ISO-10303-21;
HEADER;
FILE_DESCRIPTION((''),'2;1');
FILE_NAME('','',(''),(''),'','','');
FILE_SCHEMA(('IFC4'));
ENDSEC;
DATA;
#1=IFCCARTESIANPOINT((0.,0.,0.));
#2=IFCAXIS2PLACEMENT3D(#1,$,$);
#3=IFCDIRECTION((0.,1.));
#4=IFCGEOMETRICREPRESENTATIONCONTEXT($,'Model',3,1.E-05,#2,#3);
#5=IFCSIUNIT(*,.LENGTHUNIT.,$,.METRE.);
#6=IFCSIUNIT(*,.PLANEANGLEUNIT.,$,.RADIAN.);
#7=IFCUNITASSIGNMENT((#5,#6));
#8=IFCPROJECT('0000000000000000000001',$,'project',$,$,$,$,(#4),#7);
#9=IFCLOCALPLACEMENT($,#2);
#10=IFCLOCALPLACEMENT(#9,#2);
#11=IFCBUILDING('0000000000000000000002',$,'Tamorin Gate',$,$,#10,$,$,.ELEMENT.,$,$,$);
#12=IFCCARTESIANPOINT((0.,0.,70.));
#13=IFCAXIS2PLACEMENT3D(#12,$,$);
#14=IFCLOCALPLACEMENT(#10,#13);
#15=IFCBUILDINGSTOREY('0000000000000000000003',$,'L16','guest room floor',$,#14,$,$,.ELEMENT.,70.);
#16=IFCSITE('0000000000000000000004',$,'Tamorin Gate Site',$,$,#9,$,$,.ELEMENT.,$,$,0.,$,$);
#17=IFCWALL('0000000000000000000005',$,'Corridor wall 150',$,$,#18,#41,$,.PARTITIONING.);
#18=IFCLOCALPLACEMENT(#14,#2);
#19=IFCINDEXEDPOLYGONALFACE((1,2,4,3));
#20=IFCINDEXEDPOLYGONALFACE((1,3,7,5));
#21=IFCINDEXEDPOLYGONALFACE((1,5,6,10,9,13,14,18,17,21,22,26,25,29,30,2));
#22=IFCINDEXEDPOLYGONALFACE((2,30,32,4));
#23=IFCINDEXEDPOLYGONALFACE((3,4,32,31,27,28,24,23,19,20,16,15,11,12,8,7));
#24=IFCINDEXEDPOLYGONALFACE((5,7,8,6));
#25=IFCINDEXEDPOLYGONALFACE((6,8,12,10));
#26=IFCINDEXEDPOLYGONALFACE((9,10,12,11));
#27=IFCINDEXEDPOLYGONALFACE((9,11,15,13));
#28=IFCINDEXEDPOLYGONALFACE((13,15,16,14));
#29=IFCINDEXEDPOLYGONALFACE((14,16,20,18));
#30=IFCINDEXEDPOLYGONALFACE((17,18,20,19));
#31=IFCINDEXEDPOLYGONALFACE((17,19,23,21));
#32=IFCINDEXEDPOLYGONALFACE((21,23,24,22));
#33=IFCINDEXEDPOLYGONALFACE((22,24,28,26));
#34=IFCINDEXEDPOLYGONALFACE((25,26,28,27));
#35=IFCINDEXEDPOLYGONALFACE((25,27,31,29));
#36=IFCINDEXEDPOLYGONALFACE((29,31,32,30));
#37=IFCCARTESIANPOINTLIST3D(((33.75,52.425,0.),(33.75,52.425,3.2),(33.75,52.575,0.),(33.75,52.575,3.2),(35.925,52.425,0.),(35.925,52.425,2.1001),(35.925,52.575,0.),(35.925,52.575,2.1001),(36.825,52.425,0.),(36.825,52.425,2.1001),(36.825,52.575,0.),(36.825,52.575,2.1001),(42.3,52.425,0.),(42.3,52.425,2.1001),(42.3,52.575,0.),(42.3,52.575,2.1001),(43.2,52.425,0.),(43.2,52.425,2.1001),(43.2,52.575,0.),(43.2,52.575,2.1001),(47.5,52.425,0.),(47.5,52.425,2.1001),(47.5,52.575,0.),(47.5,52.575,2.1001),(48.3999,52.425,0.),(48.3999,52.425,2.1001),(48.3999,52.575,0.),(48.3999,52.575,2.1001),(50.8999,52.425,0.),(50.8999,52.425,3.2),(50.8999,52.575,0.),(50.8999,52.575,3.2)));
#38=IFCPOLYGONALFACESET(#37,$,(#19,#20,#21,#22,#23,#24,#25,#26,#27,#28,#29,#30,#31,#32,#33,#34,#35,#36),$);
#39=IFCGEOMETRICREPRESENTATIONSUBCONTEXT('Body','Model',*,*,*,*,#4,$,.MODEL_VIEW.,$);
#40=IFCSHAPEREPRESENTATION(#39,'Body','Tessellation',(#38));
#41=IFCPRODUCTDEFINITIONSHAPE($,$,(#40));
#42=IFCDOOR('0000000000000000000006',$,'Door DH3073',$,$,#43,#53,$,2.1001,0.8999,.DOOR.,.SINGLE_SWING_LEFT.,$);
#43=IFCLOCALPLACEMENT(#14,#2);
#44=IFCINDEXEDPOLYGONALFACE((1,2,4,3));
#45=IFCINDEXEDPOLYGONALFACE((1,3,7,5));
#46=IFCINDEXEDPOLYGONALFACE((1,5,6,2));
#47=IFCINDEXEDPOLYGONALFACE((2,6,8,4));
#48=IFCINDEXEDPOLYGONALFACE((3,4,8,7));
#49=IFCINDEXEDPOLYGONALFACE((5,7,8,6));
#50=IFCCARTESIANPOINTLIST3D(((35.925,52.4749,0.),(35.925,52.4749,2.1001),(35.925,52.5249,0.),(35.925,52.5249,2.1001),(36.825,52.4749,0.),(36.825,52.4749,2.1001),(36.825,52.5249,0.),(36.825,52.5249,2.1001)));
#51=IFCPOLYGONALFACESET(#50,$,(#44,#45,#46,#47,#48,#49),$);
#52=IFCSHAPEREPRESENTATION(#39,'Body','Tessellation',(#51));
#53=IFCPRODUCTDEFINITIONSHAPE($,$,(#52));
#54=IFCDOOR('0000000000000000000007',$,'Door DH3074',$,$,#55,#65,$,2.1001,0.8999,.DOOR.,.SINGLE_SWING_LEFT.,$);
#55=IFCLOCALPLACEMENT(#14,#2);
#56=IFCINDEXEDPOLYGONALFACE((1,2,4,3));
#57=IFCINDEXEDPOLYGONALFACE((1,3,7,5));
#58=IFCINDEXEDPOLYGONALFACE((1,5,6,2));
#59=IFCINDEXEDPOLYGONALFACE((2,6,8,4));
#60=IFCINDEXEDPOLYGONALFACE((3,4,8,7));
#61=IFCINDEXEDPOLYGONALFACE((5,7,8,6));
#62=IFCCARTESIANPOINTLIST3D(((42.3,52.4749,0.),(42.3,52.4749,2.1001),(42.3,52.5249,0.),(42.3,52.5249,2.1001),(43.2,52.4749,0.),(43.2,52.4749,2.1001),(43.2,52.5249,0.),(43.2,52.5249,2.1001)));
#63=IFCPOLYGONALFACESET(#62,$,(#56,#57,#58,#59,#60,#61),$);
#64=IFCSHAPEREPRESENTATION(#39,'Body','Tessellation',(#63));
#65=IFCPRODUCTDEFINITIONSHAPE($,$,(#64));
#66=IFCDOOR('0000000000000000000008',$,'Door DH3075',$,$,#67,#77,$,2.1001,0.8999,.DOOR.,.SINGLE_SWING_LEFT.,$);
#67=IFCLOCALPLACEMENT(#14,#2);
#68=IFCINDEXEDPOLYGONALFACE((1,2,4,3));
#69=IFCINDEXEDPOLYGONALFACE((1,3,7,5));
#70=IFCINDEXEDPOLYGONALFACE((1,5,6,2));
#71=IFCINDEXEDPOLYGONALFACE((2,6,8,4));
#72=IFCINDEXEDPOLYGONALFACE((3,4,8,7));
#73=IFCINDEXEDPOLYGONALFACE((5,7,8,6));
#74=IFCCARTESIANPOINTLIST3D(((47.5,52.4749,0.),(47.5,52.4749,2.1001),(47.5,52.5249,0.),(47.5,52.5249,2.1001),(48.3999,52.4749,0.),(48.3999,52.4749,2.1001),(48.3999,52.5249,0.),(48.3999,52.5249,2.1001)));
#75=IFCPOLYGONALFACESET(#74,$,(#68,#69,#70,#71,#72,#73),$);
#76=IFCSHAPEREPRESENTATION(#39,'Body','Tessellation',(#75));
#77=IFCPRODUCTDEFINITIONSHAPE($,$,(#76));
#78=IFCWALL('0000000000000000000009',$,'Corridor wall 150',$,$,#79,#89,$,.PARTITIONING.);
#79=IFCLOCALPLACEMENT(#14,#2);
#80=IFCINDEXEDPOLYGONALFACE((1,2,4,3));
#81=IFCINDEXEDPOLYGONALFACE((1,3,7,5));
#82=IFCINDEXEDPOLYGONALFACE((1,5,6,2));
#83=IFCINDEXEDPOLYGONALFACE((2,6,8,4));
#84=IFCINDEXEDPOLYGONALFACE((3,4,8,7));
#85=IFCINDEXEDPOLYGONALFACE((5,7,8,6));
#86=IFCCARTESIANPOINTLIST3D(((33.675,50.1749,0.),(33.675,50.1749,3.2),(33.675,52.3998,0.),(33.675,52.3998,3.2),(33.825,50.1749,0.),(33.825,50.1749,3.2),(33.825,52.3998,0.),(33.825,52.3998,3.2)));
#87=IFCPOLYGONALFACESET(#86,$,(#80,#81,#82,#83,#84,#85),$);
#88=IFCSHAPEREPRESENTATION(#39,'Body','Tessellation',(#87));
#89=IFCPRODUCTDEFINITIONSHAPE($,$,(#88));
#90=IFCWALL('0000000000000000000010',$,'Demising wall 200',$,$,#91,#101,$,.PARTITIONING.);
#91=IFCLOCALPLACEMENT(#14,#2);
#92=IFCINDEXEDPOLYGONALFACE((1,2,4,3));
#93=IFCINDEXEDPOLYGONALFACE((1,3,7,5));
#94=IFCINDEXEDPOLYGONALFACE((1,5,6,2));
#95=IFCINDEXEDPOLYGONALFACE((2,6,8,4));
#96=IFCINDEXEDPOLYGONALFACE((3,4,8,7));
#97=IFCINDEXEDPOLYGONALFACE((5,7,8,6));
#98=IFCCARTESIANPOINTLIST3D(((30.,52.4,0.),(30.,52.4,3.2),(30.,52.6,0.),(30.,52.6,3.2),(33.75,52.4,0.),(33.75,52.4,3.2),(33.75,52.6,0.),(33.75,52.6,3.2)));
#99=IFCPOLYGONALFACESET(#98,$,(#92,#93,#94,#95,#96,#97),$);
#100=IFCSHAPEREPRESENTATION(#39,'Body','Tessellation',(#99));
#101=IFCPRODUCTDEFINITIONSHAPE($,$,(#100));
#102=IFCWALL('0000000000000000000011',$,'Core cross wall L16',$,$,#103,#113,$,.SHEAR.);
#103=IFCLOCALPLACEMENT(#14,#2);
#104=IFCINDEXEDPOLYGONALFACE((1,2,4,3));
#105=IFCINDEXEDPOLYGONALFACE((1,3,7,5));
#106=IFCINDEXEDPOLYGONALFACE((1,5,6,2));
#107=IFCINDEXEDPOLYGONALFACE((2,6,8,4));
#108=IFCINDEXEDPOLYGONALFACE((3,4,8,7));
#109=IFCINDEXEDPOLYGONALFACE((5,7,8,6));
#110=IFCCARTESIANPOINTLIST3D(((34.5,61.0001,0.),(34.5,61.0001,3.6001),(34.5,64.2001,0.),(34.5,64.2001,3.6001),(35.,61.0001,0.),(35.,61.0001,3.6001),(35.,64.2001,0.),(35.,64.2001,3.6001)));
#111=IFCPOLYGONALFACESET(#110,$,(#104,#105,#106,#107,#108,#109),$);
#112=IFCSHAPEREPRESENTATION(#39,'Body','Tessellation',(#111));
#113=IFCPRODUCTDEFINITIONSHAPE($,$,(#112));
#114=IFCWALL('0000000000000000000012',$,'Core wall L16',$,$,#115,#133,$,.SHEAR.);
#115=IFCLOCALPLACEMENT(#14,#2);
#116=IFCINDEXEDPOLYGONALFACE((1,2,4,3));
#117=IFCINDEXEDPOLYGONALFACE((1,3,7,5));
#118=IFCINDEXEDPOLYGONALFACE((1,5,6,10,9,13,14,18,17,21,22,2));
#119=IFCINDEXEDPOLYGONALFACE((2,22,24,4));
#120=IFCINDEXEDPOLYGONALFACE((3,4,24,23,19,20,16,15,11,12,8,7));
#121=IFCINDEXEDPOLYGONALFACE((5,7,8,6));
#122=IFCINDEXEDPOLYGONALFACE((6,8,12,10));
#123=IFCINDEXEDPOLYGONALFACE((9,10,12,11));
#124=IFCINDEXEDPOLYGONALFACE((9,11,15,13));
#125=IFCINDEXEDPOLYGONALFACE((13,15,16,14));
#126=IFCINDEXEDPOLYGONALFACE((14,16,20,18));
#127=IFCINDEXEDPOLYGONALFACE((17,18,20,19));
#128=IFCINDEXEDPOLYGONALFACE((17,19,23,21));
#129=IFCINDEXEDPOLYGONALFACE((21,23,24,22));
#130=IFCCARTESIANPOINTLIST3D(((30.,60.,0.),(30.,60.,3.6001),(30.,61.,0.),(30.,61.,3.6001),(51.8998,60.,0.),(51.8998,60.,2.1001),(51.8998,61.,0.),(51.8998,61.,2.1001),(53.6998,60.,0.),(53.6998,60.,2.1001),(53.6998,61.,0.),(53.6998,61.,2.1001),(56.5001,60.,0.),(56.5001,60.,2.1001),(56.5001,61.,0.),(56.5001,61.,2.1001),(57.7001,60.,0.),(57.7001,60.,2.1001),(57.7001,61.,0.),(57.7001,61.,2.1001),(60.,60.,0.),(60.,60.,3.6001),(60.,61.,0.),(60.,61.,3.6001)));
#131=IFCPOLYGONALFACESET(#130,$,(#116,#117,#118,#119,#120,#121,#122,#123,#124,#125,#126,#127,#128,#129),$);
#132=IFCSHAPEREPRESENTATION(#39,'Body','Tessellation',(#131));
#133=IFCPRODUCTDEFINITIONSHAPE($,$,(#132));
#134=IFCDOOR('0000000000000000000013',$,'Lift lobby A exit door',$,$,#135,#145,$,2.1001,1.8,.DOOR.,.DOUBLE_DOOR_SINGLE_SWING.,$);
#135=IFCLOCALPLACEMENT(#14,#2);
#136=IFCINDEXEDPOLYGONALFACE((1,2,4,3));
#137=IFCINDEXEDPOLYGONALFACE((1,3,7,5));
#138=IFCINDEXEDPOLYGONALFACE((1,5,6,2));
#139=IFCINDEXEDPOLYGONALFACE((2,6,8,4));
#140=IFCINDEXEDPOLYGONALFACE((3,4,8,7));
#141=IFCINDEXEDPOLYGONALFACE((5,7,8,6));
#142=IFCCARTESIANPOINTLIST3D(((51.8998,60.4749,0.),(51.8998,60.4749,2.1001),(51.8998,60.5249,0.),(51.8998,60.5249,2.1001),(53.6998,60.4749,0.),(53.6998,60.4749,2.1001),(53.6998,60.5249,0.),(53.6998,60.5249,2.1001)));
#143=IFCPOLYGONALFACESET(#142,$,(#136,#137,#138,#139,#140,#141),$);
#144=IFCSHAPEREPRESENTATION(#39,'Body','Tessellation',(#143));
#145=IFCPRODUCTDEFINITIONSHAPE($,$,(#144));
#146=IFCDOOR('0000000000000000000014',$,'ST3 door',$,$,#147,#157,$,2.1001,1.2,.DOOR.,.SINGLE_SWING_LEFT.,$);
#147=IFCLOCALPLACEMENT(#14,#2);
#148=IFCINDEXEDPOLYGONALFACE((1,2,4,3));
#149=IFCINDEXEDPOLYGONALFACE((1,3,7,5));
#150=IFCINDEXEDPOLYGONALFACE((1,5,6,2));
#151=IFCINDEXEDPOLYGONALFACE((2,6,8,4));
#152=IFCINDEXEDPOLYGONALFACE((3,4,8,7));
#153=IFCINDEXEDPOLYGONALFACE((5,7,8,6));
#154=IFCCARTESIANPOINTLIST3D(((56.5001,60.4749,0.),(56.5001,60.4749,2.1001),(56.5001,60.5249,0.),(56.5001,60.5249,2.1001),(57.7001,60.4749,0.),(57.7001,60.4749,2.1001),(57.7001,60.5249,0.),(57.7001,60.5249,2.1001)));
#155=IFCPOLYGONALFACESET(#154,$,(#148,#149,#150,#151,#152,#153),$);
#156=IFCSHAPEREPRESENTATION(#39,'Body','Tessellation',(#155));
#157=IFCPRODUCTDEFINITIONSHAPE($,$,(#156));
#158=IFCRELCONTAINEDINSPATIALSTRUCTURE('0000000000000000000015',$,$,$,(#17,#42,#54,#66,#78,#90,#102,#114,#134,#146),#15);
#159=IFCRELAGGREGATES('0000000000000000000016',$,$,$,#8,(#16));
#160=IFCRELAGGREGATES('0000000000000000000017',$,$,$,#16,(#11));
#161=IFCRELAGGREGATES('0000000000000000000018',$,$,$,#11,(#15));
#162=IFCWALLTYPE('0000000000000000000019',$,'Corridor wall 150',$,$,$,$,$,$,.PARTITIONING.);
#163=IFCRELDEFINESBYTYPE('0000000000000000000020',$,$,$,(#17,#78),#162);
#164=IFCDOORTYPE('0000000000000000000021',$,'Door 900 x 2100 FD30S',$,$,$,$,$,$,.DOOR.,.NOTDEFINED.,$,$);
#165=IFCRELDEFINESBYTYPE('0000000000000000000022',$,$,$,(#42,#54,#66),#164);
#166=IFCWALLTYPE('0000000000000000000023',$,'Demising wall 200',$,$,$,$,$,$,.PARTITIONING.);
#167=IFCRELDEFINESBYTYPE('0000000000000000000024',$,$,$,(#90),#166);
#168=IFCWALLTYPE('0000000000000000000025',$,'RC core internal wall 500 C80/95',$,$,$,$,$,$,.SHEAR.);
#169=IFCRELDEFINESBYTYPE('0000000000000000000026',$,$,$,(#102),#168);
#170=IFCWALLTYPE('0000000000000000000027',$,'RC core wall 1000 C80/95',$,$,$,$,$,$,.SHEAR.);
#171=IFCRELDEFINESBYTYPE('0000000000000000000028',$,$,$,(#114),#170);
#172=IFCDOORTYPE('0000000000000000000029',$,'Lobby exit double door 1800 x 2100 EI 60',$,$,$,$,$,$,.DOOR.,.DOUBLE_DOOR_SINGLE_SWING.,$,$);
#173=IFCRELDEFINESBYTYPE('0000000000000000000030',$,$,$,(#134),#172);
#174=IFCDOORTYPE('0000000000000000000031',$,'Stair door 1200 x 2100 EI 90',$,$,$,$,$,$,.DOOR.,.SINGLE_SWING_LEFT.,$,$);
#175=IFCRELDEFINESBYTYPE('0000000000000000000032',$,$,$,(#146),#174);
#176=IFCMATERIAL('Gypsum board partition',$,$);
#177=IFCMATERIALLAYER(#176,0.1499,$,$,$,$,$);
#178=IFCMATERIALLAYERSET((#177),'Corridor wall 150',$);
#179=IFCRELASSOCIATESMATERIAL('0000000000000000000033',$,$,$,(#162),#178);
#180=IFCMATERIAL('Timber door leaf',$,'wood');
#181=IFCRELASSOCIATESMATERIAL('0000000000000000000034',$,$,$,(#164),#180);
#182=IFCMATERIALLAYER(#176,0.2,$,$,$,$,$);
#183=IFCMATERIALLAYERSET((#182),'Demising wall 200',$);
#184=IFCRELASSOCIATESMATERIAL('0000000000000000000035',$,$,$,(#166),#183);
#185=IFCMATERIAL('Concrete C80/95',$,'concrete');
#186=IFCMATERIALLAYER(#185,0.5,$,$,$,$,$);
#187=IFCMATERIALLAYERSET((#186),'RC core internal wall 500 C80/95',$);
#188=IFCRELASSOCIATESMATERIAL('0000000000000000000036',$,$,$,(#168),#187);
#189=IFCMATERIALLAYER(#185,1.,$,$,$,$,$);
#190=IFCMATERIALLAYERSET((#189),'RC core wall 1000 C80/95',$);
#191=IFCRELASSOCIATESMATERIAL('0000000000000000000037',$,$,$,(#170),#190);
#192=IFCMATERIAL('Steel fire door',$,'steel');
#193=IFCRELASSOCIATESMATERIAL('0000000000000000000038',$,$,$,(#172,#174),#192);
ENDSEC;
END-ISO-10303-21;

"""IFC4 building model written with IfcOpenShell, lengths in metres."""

from ifc_helpers import new_model, si_unit, direction, frame, frame_2d, origin, place, context, subcontext, project, spatial, rectangle, extrude, material, layer, layer_set, type_object, element, fill, save


model = new_model("IFC4")

# Units and contexts
model_context = context("Model", 3, precision=1e-05, world=origin(), true_north=direction((0.0, 1.0)))
body_context = subcontext(model_context, "Body", "Model", "MODEL_VIEW")
ifc_project = project(units=[si_unit("LENGTHUNIT", "METRE"), si_unit("PLANEANGLEUNIT", "RADIAN")], contexts=[model_context])

# Site, building, storey
site_placement = place(None, origin())
site = spatial("IfcSite", under=ifc_project, at=site_placement, Name="Tamorin Gate Site", CompositionType="ELEMENT", RefElevation=0.0)
building_placement = place(site_placement, origin())
building = spatial("IfcBuilding", under=site, at=building_placement, Name="Tamorin Gate", CompositionType="ELEMENT")
storey_placement = place(building_placement, frame((0.0, 0.0, 70.0)))
storey = spatial("IfcBuildingStorey", under=building, at=storey_placement, Name="L16", Description="guest room floor", CompositionType="ELEMENT", Elevation=70.0)

# Shared definitions
ifc_material_1 = material(Name="Concrete C80/95", Category="concrete")

# Wall, openings, doors
ifc_material_2 = material(Name="Gypsum board partition")
ifc_layer_1 = layer(ifc_material_2, 0.1499)
ifc_layer_set_1 = layer_set([ifc_layer_1], Name="Corridor wall 150")
wall_type_1 = type_object("IfcWallType", Name="Corridor wall 150", PredefinedType="PARTITIONING", material=ifc_layer_set_1)
ifc_material_3 = material(Name="Timber door leaf", Category="wood")
door_type_1 = type_object("IfcDoorType", Name="Door 900 x 2100 FD30S", OperationType="NOTDEFINED", PredefinedType="DOOR", material=ifc_material_3)
wall_1_placement = place(storey_placement, frame((33.75, 52.5, 0.0), z_axis=(0.0, 0.0, 1.0), x_axis=(1.0, 0.0, 0.0)))
wall_1 = element("IfcWall", 1, at=wall_1_placement, inside=storey, type_object=wall_type_1, Name="Corridor wall 150", PredefinedType="PARTITIONING", context=body_context, shape_type="SweptSolid", body=[
    extrude(rectangle(XDim=17.1499, YDim=0.1499, at=frame_2d((8.575, 0.0))), origin(), (0.0, 0.0, 1.0), 3.2),
])
opening_1_placement = place(wall_1_placement, frame((2.175, 0.0, 0.0)))
opening_1 = element("IfcOpeningElement", 2, at=opening_1_placement, cuts=wall_1, PredefinedType="OPENING", context=body_context, shape_type="SweptSolid", body=[
    extrude(rectangle(XDim=0.8999, YDim=2.1001, at=frame_2d((0.45, 1.05))), frame((0.0, 0.085, 0.0), z_axis=(0.0, -1.0, 0.0), x_axis=(1.0, 0.0, 0.0)), (0.0, 0.0, 1.0), 0.1699),
])
opening_2_placement = place(wall_1_placement, frame((8.55, 0.0, 0.0)))
opening_2 = element("IfcOpeningElement", 3, at=opening_2_placement, cuts=wall_1, PredefinedType="OPENING", context=body_context, shape_type="SweptSolid", body=[
    extrude(rectangle(XDim=0.8999, YDim=2.1001, at=frame_2d((0.45, 1.05))), frame((0.0, 0.085, 0.0), z_axis=(0.0, -1.0, 0.0), x_axis=(1.0, 0.0, 0.0)), (0.0, 0.0, 1.0), 0.1699),
])
opening_3_placement = place(wall_1_placement, frame((13.75, 0.0, 0.0)))
opening_3 = element("IfcOpeningElement", 4, at=opening_3_placement, cuts=wall_1, PredefinedType="OPENING", context=body_context, shape_type="SweptSolid", body=[
    extrude(rectangle(XDim=0.8999, YDim=2.1001, at=frame_2d((0.45, 1.05))), frame((0.0, 0.085, 0.0), z_axis=(0.0, -1.0, 0.0), x_axis=(1.0, 0.0, 0.0)), (0.0, 0.0, 1.0), 0.1699),
])
door_1_placement = place(opening_1_placement, origin())
door_1 = element("IfcDoor", 5, at=door_1_placement, inside=storey, type_object=door_type_1, Name="Door DH3073", OperationType="SINGLE_SWING_LEFT", OverallHeight=2.1001, OverallWidth=0.8999, PredefinedType="DOOR", context=body_context, shape_type="SweptSolid", body=[
    extrude(rectangle(XDim=0.8999, YDim=2.1001, at=frame_2d((0.45, 1.05))), frame((0.0, 0.0249, 0.0), z_axis=(0.0, -1.0, 0.0), x_axis=(1.0, 0.0, 0.0)), (0.0, 0.0, 1.0), 0.05),
])
fill(opening_1, door_1)
door_2_placement = place(opening_2_placement, origin())
door_2 = element("IfcDoor", 6, at=door_2_placement, inside=storey, type_object=door_type_1, Name="Door DH3074", OperationType="SINGLE_SWING_LEFT", OverallHeight=2.1001, OverallWidth=0.8999, PredefinedType="DOOR", context=body_context, shape_type="SweptSolid", body=[
    extrude(rectangle(XDim=0.8999, YDim=2.1001, at=frame_2d((0.45, 1.05))), frame((0.0, 0.0249, 0.0), z_axis=(0.0, -1.0, 0.0), x_axis=(1.0, 0.0, 0.0)), (0.0, 0.0, 1.0), 0.05),
])
fill(opening_2, door_2)
door_3_placement = place(opening_3_placement, origin())
door_3 = element("IfcDoor", 7, at=door_3_placement, inside=storey, type_object=door_type_1, Name="Door DH3075", OperationType="SINGLE_SWING_LEFT", OverallHeight=2.1001, OverallWidth=0.8999, PredefinedType="DOOR", context=body_context, shape_type="SweptSolid", body=[
    extrude(rectangle(XDim=0.8999, YDim=2.1001, at=frame_2d((0.45, 1.05))), frame((0.0, 0.0249, 0.0), z_axis=(0.0, -1.0, 0.0), x_axis=(1.0, 0.0, 0.0)), (0.0, 0.0, 1.0), 0.05),
])
fill(opening_3, door_3)

# Walls
wall_2_placement = place(storey_placement, frame((33.75, 50.175, 0.0), z_axis=(0.0, 0.0, 1.0), x_axis=(0.0, 1.0, 0.0)))
element("IfcWall", 8, at=wall_2_placement, inside=storey, type_object=wall_type_1, Name="Corridor wall 150", PredefinedType="PARTITIONING", context=body_context, shape_type="SweptSolid", body=[
    extrude(rectangle(XDim=2.2249, YDim=0.1499, at=frame_2d((1.1123, 0.0))), origin(), (0.0, 0.0, 1.0), 3.2),
])
ifc_layer_2 = layer(ifc_material_2, 0.2)
ifc_layer_set_2 = layer_set([ifc_layer_2], Name="Demising wall 200")
wall_type_2 = type_object("IfcWallType", Name="Demising wall 200", PredefinedType="PARTITIONING", material=ifc_layer_set_2)
wall_3_placement = place(storey_placement, frame((30.0, 52.5, 0.0), z_axis=(0.0, 0.0, 1.0), x_axis=(1.0, 0.0, 0.0)))
element("IfcWall", 9, at=wall_3_placement, inside=storey, type_object=wall_type_2, Name="Demising wall 200", PredefinedType="PARTITIONING", context=body_context, shape_type="SweptSolid", body=[
    extrude(rectangle(XDim=3.75, YDim=0.2, at=frame_2d((1.875, 0.0))), origin(), (0.0, 0.0, 1.0), 3.2),
])
ifc_layer_3 = layer(ifc_material_1, 0.5)
ifc_layer_set_3 = layer_set([ifc_layer_3], Name="RC core internal wall 500 C80/95")
wall_type_3 = type_object("IfcWallType", Name="RC core internal wall 500 C80/95", PredefinedType="SHEAR", material=ifc_layer_set_3)
wall_4_placement = place(storey_placement, frame((34.75, 61.0, 0.0), z_axis=(0.0, 0.0, 1.0), x_axis=(0.0, 1.0, 0.0)))
element("IfcWall", 10, at=wall_4_placement, inside=storey, type_object=wall_type_3, Name="Core cross wall L16", PredefinedType="SHEAR", context=body_context, shape_type="SweptSolid", body=[
    extrude(rectangle(XDim=3.2, YDim=0.5, at=frame_2d((1.6001, 0.0))), origin(), (0.0, 0.0, 1.0), 3.6001),
])

# Wall, openings, doors
ifc_layer_4 = layer(ifc_material_1, 1.0)
ifc_layer_set_4 = layer_set([ifc_layer_4], Name="RC core wall 1000 C80/95")
wall_type_4 = type_object("IfcWallType", Name="RC core wall 1000 C80/95", PredefinedType="SHEAR", material=ifc_layer_set_4)
wall_5_placement = place(storey_placement, frame((30.0, 60.5, 0.0), z_axis=(0.0, 0.0, 1.0), x_axis=(1.0, 0.0, 0.0)))
wall_5 = element("IfcWall", 11, at=wall_5_placement, inside=storey, type_object=wall_type_4, Name="Core wall L16", PredefinedType="SHEAR", context=body_context, shape_type="SweptSolid", body=[
    extrude(rectangle(XDim=30.0, YDim=1.0, at=frame_2d((15.0, 0.0))), origin(), (0.0, 0.0, 1.0), 3.6001),
])
opening_4_placement = place(wall_5_placement, frame((21.8999, 0.0, 0.0)))
opening_4 = element("IfcOpeningElement", 12, at=opening_4_placement, cuts=wall_5, PredefinedType="OPENING", context=body_context, shape_type="SweptSolid", body=[
    extrude(rectangle(XDim=1.8, YDim=2.1001, at=frame_2d((0.8999, 1.05))), frame((0.0, 0.51, 0.0), z_axis=(0.0, -1.0, 0.0), x_axis=(1.0, 0.0, 0.0)), (0.0, 0.0, 1.0), 1.02),
])
opening_5_placement = place(wall_5_placement, frame((26.5, 0.0, 0.0)))
opening_5 = element("IfcOpeningElement", 13, at=opening_5_placement, cuts=wall_5, PredefinedType="OPENING", context=body_context, shape_type="SweptSolid", body=[
    extrude(rectangle(XDim=1.2, YDim=2.1001, at=frame_2d((0.6001, 1.05))), frame((0.0, 0.51, 0.0), z_axis=(0.0, -1.0, 0.0), x_axis=(1.0, 0.0, 0.0)), (0.0, 0.0, 1.0), 1.02),
])
ifc_material_4 = material(Name="Steel fire door", Category="steel")
door_type_2 = type_object("IfcDoorType", Name="Lobby exit double door 1800 x 2100 EI 60", OperationType="DOUBLE_DOOR_SINGLE_SWING", PredefinedType="DOOR", material=ifc_material_4)
door_4_placement = place(opening_4_placement, origin())
door_4 = element("IfcDoor", 14, at=door_4_placement, inside=storey, type_object=door_type_2, Name="Lift lobby A exit door", OperationType="DOUBLE_DOOR_SINGLE_SWING", OverallHeight=2.1001, OverallWidth=1.8, PredefinedType="DOOR", context=body_context, shape_type="SweptSolid", body=[
    extrude(rectangle(XDim=1.8, YDim=2.1001, at=frame_2d((0.8999, 1.05))), frame((0.0, 0.0249, 0.0), z_axis=(0.0, -1.0, 0.0), x_axis=(1.0, 0.0, 0.0)), (0.0, 0.0, 1.0), 0.05),
])
fill(opening_4, door_4)
door_type_3 = type_object("IfcDoorType", Name="Stair door 1200 x 2100 EI 90", OperationType="SINGLE_SWING_LEFT", PredefinedType="DOOR", material=ifc_material_4)
door_5_placement = place(opening_5_placement, origin())
door_5 = element("IfcDoor", 15, at=door_5_placement, inside=storey, type_object=door_type_3, Name="ST3 door", OperationType="SINGLE_SWING_LEFT", OverallHeight=2.1001, OverallWidth=1.2, PredefinedType="DOOR", context=body_context, shape_type="SweptSolid", body=[
    extrude(rectangle(XDim=1.2, YDim=2.1001, at=frame_2d((0.6001, 1.05))), frame((0.0, 0.0249, 0.0), z_axis=(0.0, -1.0, 0.0), x_axis=(1.0, 0.0, 0.0)), (0.0, 0.0, 1.0), 0.05),
])
fill(opening_5, door_5)

save(model, "model.ifc")
